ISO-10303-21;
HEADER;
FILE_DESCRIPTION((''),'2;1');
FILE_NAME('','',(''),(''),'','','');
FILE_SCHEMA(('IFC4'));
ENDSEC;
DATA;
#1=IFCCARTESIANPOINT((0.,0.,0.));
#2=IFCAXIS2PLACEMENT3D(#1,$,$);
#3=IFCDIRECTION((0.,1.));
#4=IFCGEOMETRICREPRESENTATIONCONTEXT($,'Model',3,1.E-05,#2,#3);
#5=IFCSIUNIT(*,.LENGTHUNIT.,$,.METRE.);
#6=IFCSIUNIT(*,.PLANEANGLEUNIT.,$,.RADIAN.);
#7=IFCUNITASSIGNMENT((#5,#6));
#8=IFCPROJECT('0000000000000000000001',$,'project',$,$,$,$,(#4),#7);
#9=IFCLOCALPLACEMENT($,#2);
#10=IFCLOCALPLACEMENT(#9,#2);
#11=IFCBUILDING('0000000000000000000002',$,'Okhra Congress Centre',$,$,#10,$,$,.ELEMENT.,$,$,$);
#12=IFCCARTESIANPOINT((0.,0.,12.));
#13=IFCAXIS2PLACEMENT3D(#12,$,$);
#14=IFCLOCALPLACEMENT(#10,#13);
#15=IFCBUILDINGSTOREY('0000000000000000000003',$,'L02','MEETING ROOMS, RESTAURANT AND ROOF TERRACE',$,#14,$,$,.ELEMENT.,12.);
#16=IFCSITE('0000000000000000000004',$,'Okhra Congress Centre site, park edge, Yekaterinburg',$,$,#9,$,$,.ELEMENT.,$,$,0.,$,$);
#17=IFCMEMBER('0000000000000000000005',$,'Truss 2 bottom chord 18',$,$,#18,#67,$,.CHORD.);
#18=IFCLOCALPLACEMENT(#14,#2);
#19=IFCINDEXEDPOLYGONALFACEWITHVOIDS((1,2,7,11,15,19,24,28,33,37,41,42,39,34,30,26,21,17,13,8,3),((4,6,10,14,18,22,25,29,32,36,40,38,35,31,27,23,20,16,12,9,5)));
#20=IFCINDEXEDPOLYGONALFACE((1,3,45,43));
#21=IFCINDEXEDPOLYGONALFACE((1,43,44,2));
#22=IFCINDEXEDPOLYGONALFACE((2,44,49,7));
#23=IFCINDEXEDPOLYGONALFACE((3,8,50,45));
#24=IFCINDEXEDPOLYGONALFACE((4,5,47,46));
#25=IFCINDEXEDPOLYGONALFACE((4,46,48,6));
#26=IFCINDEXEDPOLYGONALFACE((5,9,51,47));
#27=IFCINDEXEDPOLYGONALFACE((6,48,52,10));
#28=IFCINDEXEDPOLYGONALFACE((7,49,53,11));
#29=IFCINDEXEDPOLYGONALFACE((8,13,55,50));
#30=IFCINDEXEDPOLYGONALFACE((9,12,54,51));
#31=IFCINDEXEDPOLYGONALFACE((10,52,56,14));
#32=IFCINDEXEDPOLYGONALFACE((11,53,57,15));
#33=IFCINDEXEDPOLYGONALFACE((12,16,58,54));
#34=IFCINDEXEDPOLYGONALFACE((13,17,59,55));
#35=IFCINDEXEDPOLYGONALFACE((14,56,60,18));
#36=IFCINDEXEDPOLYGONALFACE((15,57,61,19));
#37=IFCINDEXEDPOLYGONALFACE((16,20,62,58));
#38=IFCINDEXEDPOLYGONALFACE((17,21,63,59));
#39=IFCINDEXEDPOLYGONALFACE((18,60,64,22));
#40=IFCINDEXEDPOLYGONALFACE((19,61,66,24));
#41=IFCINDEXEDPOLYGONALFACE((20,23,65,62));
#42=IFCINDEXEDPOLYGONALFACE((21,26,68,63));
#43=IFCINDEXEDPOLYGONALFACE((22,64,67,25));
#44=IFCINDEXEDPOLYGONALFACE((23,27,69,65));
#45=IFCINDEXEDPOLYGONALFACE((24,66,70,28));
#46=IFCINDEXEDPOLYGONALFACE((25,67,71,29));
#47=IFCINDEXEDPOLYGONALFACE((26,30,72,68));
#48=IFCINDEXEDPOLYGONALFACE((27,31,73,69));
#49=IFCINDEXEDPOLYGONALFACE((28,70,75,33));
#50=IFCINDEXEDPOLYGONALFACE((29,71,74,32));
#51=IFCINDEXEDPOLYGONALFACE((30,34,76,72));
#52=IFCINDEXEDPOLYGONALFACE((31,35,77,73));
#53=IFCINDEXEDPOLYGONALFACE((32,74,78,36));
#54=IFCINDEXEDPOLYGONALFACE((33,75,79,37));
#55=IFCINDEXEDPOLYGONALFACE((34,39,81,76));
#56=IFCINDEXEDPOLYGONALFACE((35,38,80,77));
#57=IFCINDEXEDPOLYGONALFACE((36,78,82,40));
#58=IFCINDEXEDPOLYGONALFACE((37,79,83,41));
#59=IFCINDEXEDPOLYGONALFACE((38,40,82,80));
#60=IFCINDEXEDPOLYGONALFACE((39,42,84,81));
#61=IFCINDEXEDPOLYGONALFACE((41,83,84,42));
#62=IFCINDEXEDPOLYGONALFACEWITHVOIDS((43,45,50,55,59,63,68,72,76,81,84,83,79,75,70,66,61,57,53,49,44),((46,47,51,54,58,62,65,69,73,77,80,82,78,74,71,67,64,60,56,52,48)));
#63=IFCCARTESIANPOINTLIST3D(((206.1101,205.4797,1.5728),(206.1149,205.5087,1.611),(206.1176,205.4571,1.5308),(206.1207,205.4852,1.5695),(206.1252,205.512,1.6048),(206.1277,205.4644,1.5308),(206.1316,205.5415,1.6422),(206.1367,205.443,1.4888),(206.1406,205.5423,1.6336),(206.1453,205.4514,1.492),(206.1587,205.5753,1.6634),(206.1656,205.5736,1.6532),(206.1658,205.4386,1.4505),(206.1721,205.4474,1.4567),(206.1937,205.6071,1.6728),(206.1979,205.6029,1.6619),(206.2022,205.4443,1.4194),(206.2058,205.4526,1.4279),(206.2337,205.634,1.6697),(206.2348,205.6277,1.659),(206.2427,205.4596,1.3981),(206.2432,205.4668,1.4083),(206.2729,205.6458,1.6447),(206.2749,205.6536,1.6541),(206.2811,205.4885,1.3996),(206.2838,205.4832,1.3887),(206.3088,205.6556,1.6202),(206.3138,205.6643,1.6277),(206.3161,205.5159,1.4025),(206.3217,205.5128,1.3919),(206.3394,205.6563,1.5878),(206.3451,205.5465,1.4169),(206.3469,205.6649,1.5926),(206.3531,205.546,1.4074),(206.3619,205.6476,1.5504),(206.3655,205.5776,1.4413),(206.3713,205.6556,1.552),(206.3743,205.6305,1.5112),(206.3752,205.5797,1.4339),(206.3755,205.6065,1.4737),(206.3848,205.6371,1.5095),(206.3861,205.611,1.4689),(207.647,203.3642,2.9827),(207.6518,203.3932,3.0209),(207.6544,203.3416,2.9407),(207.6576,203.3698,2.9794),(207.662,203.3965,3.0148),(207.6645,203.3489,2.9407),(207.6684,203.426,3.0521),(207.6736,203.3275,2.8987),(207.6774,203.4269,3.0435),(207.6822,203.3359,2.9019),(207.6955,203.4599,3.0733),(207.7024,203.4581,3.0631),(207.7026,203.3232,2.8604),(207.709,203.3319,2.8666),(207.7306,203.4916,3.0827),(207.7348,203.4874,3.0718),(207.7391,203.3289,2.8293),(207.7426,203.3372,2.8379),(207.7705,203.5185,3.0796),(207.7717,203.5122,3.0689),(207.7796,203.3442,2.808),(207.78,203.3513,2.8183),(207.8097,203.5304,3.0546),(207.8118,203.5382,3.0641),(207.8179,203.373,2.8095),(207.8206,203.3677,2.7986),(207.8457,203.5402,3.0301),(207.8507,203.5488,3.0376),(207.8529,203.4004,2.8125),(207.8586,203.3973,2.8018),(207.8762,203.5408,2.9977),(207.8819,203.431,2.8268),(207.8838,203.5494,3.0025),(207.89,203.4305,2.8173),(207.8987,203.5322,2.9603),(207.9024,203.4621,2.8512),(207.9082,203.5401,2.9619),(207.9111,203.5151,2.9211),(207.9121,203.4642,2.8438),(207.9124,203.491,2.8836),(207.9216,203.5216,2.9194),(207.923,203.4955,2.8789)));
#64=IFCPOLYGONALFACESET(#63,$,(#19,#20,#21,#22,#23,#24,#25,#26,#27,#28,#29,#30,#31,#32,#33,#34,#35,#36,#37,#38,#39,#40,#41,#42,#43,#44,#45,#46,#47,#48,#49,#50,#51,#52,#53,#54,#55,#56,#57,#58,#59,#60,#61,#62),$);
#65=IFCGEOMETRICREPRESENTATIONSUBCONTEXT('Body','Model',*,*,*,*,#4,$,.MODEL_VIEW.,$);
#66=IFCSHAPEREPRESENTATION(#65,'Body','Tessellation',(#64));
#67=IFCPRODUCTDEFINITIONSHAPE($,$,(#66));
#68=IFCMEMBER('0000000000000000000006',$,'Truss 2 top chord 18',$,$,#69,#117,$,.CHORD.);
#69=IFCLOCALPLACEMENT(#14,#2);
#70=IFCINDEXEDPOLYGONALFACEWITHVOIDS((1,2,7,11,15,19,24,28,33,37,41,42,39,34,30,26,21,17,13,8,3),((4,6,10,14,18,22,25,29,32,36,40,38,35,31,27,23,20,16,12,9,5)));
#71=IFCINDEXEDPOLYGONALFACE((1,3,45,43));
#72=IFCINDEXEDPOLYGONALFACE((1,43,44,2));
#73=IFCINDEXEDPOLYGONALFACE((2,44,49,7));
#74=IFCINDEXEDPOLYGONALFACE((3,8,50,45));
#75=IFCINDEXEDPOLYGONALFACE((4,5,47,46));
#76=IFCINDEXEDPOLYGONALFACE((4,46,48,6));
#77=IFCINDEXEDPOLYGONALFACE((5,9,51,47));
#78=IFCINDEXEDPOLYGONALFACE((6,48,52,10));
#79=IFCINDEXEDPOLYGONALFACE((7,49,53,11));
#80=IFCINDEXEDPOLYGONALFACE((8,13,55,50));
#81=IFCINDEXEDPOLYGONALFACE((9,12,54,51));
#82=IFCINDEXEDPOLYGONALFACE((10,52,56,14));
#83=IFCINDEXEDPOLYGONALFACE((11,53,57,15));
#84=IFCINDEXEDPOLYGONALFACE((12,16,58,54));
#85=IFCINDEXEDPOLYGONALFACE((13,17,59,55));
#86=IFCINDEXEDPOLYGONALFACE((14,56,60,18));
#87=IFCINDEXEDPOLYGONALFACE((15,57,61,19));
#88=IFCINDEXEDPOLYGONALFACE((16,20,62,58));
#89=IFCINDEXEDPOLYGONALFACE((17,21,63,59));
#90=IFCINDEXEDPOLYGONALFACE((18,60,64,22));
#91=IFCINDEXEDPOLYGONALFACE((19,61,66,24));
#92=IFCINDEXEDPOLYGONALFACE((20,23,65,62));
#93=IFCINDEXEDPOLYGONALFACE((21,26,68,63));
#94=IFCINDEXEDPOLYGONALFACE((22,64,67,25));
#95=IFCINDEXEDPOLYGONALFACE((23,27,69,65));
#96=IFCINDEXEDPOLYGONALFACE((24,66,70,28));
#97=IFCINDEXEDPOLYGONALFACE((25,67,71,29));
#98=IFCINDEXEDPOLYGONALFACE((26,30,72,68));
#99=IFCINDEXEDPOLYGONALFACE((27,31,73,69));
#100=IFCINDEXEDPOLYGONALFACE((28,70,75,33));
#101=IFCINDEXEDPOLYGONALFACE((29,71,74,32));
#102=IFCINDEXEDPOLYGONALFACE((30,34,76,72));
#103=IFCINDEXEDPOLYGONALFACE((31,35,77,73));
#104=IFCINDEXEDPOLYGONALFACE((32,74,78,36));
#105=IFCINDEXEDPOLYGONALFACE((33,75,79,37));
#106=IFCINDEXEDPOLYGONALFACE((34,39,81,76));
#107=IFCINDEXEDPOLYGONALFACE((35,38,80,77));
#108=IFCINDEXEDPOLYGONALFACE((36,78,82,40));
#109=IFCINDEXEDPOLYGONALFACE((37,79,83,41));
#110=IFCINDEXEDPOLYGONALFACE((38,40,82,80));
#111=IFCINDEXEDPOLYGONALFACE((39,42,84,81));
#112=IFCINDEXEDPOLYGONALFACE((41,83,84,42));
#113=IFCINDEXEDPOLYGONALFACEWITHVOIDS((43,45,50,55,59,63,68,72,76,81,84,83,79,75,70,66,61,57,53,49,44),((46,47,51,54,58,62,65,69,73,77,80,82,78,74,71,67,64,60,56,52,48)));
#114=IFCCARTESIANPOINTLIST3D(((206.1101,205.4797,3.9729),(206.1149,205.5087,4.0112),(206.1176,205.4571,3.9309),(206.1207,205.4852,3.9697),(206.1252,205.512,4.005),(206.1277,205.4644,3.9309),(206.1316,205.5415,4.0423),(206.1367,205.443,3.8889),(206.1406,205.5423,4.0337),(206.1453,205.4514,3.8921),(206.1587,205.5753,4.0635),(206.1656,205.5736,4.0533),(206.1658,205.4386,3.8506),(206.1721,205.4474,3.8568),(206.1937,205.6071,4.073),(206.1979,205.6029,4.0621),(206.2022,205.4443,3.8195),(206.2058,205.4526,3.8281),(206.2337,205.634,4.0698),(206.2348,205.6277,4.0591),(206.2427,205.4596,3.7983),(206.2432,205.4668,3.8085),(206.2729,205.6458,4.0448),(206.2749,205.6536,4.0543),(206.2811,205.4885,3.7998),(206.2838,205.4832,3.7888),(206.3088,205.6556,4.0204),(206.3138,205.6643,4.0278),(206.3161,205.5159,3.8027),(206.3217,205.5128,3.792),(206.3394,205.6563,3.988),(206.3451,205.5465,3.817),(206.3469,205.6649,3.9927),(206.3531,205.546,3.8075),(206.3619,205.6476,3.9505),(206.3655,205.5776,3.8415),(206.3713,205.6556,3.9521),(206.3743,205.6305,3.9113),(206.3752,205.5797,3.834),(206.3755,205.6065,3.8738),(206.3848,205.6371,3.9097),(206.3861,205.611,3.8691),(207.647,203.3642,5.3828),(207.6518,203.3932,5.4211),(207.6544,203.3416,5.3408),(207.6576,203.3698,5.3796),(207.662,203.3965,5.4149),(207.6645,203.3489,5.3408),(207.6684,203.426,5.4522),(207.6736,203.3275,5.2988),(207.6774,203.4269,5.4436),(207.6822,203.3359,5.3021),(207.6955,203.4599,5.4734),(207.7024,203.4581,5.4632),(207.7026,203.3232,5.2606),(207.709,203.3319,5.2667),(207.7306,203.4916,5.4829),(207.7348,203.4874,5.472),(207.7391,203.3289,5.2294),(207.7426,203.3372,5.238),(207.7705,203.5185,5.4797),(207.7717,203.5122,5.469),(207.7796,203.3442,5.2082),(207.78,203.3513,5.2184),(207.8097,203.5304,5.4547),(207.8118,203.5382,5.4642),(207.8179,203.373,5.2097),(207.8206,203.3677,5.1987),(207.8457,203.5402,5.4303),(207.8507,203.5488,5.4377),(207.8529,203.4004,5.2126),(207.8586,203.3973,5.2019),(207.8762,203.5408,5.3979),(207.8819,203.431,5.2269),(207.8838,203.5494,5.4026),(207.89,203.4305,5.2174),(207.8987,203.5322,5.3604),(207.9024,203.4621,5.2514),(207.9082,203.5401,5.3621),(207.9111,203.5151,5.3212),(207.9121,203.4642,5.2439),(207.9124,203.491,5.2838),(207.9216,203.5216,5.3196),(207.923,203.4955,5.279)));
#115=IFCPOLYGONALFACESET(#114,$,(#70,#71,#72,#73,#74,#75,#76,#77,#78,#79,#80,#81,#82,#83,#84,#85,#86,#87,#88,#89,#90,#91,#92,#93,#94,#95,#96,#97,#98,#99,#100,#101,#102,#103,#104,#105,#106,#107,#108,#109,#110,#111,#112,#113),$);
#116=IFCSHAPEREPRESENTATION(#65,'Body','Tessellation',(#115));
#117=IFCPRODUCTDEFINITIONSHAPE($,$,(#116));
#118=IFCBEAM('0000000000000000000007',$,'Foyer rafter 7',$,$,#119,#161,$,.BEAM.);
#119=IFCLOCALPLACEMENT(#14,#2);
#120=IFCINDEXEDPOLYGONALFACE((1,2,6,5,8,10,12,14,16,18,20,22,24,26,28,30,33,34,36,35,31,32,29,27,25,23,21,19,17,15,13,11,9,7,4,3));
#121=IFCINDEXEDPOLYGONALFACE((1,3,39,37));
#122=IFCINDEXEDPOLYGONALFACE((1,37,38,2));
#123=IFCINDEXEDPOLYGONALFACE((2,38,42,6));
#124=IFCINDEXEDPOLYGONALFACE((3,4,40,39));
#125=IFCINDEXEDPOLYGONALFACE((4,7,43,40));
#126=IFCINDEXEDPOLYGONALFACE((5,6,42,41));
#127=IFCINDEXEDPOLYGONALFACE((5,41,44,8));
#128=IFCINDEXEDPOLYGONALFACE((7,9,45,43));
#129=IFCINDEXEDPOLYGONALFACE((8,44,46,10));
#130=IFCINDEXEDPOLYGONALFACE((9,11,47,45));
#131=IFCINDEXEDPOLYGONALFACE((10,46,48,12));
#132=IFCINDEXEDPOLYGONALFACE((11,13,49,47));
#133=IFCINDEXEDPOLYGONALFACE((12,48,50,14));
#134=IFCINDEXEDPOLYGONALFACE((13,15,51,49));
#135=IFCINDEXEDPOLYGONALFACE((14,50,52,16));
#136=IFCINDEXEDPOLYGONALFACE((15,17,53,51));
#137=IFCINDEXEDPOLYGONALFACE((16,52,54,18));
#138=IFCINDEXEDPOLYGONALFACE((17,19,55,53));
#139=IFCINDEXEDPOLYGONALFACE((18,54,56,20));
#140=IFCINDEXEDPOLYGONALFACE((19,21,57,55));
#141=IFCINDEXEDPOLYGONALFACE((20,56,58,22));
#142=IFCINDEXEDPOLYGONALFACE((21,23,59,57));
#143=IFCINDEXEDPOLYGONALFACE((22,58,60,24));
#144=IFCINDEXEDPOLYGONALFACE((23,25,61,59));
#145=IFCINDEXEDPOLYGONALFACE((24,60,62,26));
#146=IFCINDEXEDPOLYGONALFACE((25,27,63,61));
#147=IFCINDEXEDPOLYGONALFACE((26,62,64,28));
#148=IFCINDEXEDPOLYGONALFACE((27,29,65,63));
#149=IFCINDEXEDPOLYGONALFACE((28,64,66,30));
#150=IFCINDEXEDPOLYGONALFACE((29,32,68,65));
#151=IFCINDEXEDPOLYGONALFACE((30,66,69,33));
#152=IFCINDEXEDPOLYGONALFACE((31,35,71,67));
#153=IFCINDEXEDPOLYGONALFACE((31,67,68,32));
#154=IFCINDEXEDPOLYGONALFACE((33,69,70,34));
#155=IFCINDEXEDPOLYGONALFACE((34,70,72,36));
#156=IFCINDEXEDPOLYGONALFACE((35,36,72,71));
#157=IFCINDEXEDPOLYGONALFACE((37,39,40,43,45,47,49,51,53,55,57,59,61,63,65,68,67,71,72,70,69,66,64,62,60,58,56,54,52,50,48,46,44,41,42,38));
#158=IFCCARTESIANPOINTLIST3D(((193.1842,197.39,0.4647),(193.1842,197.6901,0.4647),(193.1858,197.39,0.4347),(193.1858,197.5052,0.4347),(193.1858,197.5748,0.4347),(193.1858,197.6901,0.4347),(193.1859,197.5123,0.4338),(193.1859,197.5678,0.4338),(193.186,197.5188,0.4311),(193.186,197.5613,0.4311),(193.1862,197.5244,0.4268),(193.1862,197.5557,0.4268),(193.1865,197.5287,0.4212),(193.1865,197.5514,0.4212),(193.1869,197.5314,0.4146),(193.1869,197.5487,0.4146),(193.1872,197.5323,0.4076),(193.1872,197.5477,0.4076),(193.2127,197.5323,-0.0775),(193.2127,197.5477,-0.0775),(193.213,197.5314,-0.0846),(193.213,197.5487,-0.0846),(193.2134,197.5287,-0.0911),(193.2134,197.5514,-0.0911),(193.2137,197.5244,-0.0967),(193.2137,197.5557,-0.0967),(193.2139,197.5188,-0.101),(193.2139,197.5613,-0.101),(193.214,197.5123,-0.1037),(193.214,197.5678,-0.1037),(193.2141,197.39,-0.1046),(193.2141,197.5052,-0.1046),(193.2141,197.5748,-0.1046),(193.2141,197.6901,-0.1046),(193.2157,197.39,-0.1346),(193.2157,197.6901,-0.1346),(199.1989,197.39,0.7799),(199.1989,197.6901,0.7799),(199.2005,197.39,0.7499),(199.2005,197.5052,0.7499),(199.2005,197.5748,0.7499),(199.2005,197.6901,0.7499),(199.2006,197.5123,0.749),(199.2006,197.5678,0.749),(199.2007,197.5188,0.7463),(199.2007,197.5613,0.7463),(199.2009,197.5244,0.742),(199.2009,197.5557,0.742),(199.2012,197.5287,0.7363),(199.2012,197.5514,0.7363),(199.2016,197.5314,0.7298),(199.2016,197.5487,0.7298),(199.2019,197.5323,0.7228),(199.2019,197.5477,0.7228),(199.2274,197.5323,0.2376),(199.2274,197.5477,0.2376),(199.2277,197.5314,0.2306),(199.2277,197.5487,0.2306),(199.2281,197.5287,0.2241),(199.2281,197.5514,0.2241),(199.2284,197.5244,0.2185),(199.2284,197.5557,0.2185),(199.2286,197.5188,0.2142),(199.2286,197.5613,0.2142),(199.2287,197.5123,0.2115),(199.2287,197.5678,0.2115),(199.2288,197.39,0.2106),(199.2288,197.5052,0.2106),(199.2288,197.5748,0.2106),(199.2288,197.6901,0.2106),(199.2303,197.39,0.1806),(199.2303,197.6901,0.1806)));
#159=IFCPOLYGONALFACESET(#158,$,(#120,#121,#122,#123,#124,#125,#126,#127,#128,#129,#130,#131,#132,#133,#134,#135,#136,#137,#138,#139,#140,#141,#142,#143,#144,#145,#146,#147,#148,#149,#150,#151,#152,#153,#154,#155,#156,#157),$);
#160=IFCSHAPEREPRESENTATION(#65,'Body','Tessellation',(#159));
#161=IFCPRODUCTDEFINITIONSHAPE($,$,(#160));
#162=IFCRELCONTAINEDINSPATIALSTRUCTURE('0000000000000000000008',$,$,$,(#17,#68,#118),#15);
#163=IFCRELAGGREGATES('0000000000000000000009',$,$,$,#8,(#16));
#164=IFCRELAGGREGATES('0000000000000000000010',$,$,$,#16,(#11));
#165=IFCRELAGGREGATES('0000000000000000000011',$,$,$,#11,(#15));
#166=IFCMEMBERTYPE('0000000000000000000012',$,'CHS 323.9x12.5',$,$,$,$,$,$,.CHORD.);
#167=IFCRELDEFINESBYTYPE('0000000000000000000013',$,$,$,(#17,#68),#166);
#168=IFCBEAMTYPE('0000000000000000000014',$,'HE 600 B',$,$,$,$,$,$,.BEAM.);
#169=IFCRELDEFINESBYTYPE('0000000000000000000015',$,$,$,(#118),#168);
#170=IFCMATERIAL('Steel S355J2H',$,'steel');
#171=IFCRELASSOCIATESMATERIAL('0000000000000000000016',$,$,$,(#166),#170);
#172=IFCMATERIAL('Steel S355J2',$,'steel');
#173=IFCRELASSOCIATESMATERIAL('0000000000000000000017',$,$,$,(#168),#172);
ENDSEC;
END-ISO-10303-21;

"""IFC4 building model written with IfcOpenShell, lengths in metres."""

from ifc_helpers import new_model, si_unit, direction, frame, origin, origin_2d, place, context, subcontext, project, spatial, hollow_circle, i_section, extrude, material, material_profile, profile_set, type_object, element, save


model = new_model("IFC4")

# Units and contexts
model_context = context("Model", 3, precision=1e-05, world=origin(), true_north=direction((0.0, 1.0)))
body_context = subcontext(model_context, "Body", "Model", "MODEL_VIEW")
ifc_project = project(units=[si_unit("LENGTHUNIT", "METRE"), si_unit("PLANEANGLEUNIT", "RADIAN")], contexts=[model_context])

# Site, building, storey
site_placement = place(None, origin())
site = spatial("IfcSite", under=ifc_project, at=site_placement, Name="Okhra Congress Centre site, park edge, Yekaterinburg", CompositionType="ELEMENT", RefElevation=0.0)
building_placement = place(site_placement, origin())
building = spatial("IfcBuilding", under=site, at=building_placement, Name="Okhra Congress Centre", CompositionType="ELEMENT")
storey_placement = place(building_placement, frame((0.0, 0.0, 12.0)))
storey = spatial("IfcBuildingStorey", under=building, at=storey_placement, Name="L02", Description="MEETING ROOMS, RESTAURANT AND ROOF TERRACE", CompositionType="ELEMENT", Elevation=12.0)

# Shared definitions
ifc_material_1 = material(Name="Steel S355J2H", Category="steel")

# Members
ifc_material_profile_1 = material_profile(ifc_material_1, hollow_circle(Radius=0.1619, WallThickness=0.0125, at=origin_2d()), Name="CHS 323.9x12.5")
ifc_profile_set_1 = profile_set([ifc_material_profile_1], Name="Steel S355J2H")
member_type_1 = type_object("IfcMemberType", Name="CHS 323.9x12.5", PredefinedType="CHORD", material=ifc_profile_set_1)
for number, where, z_axis, x_axis, name in (
    (1, (207.7854, 203.4368, 2.9407), (-0.517341, 0.712115, -0.474606), (-0.809039, -0.587755, 0.0), "Truss 2 bottom chord 18"),
    (2, (207.7854, 203.4368, 5.3408), (-0.517341, 0.712115, -0.474606), (-0.809039, -0.587755, 0.0), "Truss 2 top chord 18"),
):
    element("IfcMember", number, at=place(storey_placement, frame(where, z_axis=z_axis, x_axis=x_axis)), inside=storey, type_object=member_type_1, Name=name, PredefinedType="CHORD", context=body_context, shape_type="SweptSolid", body=[
        extrude(hollow_circle(Radius=0.1619, WallThickness=0.0125, at=origin_2d()), origin(), (0.0, 0.0, 1.0), 2.9707),
    ])

# Beam
ifc_material_2 = material(Name="Steel S355J2", Category="steel")
ifc_material_profile_2 = material_profile(ifc_material_2, i_section(OverallWidth=0.3, OverallDepth=0.6001, WebThickness=0.0154, FlangeThickness=0.03, FilletRadius=0.0271, at=origin_2d()), Name="HE 600 B")
ifc_profile_set_2 = profile_set([ifc_material_profile_2], Name="Steel S355J2")
beam_type_1 = type_object("IfcBeamType", Name="HE 600 B", PredefinedType="BEAM", material=ifc_profile_set_2)
beam_placement = place(storey_placement, frame((193.2, 197.54, 0.165), z_axis=(0.99863, 0.0, 0.052331), x_axis=(0.0, 1.0, 0.0)))
element("IfcBeam", 3, at=beam_placement, inside=storey, type_object=beam_type_1, Name="Foyer rafter 7", PredefinedType="BEAM", context=body_context, shape_type="SweptSolid", body=[
    extrude(i_section(OverallWidth=0.3, OverallDepth=0.6001, WebThickness=0.0154, FlangeThickness=0.03, FilletRadius=0.0271, at=origin_2d()), origin(), (0.0, 0.0, 1.0), 6.0229),
])

save(model, "model.ifc")
